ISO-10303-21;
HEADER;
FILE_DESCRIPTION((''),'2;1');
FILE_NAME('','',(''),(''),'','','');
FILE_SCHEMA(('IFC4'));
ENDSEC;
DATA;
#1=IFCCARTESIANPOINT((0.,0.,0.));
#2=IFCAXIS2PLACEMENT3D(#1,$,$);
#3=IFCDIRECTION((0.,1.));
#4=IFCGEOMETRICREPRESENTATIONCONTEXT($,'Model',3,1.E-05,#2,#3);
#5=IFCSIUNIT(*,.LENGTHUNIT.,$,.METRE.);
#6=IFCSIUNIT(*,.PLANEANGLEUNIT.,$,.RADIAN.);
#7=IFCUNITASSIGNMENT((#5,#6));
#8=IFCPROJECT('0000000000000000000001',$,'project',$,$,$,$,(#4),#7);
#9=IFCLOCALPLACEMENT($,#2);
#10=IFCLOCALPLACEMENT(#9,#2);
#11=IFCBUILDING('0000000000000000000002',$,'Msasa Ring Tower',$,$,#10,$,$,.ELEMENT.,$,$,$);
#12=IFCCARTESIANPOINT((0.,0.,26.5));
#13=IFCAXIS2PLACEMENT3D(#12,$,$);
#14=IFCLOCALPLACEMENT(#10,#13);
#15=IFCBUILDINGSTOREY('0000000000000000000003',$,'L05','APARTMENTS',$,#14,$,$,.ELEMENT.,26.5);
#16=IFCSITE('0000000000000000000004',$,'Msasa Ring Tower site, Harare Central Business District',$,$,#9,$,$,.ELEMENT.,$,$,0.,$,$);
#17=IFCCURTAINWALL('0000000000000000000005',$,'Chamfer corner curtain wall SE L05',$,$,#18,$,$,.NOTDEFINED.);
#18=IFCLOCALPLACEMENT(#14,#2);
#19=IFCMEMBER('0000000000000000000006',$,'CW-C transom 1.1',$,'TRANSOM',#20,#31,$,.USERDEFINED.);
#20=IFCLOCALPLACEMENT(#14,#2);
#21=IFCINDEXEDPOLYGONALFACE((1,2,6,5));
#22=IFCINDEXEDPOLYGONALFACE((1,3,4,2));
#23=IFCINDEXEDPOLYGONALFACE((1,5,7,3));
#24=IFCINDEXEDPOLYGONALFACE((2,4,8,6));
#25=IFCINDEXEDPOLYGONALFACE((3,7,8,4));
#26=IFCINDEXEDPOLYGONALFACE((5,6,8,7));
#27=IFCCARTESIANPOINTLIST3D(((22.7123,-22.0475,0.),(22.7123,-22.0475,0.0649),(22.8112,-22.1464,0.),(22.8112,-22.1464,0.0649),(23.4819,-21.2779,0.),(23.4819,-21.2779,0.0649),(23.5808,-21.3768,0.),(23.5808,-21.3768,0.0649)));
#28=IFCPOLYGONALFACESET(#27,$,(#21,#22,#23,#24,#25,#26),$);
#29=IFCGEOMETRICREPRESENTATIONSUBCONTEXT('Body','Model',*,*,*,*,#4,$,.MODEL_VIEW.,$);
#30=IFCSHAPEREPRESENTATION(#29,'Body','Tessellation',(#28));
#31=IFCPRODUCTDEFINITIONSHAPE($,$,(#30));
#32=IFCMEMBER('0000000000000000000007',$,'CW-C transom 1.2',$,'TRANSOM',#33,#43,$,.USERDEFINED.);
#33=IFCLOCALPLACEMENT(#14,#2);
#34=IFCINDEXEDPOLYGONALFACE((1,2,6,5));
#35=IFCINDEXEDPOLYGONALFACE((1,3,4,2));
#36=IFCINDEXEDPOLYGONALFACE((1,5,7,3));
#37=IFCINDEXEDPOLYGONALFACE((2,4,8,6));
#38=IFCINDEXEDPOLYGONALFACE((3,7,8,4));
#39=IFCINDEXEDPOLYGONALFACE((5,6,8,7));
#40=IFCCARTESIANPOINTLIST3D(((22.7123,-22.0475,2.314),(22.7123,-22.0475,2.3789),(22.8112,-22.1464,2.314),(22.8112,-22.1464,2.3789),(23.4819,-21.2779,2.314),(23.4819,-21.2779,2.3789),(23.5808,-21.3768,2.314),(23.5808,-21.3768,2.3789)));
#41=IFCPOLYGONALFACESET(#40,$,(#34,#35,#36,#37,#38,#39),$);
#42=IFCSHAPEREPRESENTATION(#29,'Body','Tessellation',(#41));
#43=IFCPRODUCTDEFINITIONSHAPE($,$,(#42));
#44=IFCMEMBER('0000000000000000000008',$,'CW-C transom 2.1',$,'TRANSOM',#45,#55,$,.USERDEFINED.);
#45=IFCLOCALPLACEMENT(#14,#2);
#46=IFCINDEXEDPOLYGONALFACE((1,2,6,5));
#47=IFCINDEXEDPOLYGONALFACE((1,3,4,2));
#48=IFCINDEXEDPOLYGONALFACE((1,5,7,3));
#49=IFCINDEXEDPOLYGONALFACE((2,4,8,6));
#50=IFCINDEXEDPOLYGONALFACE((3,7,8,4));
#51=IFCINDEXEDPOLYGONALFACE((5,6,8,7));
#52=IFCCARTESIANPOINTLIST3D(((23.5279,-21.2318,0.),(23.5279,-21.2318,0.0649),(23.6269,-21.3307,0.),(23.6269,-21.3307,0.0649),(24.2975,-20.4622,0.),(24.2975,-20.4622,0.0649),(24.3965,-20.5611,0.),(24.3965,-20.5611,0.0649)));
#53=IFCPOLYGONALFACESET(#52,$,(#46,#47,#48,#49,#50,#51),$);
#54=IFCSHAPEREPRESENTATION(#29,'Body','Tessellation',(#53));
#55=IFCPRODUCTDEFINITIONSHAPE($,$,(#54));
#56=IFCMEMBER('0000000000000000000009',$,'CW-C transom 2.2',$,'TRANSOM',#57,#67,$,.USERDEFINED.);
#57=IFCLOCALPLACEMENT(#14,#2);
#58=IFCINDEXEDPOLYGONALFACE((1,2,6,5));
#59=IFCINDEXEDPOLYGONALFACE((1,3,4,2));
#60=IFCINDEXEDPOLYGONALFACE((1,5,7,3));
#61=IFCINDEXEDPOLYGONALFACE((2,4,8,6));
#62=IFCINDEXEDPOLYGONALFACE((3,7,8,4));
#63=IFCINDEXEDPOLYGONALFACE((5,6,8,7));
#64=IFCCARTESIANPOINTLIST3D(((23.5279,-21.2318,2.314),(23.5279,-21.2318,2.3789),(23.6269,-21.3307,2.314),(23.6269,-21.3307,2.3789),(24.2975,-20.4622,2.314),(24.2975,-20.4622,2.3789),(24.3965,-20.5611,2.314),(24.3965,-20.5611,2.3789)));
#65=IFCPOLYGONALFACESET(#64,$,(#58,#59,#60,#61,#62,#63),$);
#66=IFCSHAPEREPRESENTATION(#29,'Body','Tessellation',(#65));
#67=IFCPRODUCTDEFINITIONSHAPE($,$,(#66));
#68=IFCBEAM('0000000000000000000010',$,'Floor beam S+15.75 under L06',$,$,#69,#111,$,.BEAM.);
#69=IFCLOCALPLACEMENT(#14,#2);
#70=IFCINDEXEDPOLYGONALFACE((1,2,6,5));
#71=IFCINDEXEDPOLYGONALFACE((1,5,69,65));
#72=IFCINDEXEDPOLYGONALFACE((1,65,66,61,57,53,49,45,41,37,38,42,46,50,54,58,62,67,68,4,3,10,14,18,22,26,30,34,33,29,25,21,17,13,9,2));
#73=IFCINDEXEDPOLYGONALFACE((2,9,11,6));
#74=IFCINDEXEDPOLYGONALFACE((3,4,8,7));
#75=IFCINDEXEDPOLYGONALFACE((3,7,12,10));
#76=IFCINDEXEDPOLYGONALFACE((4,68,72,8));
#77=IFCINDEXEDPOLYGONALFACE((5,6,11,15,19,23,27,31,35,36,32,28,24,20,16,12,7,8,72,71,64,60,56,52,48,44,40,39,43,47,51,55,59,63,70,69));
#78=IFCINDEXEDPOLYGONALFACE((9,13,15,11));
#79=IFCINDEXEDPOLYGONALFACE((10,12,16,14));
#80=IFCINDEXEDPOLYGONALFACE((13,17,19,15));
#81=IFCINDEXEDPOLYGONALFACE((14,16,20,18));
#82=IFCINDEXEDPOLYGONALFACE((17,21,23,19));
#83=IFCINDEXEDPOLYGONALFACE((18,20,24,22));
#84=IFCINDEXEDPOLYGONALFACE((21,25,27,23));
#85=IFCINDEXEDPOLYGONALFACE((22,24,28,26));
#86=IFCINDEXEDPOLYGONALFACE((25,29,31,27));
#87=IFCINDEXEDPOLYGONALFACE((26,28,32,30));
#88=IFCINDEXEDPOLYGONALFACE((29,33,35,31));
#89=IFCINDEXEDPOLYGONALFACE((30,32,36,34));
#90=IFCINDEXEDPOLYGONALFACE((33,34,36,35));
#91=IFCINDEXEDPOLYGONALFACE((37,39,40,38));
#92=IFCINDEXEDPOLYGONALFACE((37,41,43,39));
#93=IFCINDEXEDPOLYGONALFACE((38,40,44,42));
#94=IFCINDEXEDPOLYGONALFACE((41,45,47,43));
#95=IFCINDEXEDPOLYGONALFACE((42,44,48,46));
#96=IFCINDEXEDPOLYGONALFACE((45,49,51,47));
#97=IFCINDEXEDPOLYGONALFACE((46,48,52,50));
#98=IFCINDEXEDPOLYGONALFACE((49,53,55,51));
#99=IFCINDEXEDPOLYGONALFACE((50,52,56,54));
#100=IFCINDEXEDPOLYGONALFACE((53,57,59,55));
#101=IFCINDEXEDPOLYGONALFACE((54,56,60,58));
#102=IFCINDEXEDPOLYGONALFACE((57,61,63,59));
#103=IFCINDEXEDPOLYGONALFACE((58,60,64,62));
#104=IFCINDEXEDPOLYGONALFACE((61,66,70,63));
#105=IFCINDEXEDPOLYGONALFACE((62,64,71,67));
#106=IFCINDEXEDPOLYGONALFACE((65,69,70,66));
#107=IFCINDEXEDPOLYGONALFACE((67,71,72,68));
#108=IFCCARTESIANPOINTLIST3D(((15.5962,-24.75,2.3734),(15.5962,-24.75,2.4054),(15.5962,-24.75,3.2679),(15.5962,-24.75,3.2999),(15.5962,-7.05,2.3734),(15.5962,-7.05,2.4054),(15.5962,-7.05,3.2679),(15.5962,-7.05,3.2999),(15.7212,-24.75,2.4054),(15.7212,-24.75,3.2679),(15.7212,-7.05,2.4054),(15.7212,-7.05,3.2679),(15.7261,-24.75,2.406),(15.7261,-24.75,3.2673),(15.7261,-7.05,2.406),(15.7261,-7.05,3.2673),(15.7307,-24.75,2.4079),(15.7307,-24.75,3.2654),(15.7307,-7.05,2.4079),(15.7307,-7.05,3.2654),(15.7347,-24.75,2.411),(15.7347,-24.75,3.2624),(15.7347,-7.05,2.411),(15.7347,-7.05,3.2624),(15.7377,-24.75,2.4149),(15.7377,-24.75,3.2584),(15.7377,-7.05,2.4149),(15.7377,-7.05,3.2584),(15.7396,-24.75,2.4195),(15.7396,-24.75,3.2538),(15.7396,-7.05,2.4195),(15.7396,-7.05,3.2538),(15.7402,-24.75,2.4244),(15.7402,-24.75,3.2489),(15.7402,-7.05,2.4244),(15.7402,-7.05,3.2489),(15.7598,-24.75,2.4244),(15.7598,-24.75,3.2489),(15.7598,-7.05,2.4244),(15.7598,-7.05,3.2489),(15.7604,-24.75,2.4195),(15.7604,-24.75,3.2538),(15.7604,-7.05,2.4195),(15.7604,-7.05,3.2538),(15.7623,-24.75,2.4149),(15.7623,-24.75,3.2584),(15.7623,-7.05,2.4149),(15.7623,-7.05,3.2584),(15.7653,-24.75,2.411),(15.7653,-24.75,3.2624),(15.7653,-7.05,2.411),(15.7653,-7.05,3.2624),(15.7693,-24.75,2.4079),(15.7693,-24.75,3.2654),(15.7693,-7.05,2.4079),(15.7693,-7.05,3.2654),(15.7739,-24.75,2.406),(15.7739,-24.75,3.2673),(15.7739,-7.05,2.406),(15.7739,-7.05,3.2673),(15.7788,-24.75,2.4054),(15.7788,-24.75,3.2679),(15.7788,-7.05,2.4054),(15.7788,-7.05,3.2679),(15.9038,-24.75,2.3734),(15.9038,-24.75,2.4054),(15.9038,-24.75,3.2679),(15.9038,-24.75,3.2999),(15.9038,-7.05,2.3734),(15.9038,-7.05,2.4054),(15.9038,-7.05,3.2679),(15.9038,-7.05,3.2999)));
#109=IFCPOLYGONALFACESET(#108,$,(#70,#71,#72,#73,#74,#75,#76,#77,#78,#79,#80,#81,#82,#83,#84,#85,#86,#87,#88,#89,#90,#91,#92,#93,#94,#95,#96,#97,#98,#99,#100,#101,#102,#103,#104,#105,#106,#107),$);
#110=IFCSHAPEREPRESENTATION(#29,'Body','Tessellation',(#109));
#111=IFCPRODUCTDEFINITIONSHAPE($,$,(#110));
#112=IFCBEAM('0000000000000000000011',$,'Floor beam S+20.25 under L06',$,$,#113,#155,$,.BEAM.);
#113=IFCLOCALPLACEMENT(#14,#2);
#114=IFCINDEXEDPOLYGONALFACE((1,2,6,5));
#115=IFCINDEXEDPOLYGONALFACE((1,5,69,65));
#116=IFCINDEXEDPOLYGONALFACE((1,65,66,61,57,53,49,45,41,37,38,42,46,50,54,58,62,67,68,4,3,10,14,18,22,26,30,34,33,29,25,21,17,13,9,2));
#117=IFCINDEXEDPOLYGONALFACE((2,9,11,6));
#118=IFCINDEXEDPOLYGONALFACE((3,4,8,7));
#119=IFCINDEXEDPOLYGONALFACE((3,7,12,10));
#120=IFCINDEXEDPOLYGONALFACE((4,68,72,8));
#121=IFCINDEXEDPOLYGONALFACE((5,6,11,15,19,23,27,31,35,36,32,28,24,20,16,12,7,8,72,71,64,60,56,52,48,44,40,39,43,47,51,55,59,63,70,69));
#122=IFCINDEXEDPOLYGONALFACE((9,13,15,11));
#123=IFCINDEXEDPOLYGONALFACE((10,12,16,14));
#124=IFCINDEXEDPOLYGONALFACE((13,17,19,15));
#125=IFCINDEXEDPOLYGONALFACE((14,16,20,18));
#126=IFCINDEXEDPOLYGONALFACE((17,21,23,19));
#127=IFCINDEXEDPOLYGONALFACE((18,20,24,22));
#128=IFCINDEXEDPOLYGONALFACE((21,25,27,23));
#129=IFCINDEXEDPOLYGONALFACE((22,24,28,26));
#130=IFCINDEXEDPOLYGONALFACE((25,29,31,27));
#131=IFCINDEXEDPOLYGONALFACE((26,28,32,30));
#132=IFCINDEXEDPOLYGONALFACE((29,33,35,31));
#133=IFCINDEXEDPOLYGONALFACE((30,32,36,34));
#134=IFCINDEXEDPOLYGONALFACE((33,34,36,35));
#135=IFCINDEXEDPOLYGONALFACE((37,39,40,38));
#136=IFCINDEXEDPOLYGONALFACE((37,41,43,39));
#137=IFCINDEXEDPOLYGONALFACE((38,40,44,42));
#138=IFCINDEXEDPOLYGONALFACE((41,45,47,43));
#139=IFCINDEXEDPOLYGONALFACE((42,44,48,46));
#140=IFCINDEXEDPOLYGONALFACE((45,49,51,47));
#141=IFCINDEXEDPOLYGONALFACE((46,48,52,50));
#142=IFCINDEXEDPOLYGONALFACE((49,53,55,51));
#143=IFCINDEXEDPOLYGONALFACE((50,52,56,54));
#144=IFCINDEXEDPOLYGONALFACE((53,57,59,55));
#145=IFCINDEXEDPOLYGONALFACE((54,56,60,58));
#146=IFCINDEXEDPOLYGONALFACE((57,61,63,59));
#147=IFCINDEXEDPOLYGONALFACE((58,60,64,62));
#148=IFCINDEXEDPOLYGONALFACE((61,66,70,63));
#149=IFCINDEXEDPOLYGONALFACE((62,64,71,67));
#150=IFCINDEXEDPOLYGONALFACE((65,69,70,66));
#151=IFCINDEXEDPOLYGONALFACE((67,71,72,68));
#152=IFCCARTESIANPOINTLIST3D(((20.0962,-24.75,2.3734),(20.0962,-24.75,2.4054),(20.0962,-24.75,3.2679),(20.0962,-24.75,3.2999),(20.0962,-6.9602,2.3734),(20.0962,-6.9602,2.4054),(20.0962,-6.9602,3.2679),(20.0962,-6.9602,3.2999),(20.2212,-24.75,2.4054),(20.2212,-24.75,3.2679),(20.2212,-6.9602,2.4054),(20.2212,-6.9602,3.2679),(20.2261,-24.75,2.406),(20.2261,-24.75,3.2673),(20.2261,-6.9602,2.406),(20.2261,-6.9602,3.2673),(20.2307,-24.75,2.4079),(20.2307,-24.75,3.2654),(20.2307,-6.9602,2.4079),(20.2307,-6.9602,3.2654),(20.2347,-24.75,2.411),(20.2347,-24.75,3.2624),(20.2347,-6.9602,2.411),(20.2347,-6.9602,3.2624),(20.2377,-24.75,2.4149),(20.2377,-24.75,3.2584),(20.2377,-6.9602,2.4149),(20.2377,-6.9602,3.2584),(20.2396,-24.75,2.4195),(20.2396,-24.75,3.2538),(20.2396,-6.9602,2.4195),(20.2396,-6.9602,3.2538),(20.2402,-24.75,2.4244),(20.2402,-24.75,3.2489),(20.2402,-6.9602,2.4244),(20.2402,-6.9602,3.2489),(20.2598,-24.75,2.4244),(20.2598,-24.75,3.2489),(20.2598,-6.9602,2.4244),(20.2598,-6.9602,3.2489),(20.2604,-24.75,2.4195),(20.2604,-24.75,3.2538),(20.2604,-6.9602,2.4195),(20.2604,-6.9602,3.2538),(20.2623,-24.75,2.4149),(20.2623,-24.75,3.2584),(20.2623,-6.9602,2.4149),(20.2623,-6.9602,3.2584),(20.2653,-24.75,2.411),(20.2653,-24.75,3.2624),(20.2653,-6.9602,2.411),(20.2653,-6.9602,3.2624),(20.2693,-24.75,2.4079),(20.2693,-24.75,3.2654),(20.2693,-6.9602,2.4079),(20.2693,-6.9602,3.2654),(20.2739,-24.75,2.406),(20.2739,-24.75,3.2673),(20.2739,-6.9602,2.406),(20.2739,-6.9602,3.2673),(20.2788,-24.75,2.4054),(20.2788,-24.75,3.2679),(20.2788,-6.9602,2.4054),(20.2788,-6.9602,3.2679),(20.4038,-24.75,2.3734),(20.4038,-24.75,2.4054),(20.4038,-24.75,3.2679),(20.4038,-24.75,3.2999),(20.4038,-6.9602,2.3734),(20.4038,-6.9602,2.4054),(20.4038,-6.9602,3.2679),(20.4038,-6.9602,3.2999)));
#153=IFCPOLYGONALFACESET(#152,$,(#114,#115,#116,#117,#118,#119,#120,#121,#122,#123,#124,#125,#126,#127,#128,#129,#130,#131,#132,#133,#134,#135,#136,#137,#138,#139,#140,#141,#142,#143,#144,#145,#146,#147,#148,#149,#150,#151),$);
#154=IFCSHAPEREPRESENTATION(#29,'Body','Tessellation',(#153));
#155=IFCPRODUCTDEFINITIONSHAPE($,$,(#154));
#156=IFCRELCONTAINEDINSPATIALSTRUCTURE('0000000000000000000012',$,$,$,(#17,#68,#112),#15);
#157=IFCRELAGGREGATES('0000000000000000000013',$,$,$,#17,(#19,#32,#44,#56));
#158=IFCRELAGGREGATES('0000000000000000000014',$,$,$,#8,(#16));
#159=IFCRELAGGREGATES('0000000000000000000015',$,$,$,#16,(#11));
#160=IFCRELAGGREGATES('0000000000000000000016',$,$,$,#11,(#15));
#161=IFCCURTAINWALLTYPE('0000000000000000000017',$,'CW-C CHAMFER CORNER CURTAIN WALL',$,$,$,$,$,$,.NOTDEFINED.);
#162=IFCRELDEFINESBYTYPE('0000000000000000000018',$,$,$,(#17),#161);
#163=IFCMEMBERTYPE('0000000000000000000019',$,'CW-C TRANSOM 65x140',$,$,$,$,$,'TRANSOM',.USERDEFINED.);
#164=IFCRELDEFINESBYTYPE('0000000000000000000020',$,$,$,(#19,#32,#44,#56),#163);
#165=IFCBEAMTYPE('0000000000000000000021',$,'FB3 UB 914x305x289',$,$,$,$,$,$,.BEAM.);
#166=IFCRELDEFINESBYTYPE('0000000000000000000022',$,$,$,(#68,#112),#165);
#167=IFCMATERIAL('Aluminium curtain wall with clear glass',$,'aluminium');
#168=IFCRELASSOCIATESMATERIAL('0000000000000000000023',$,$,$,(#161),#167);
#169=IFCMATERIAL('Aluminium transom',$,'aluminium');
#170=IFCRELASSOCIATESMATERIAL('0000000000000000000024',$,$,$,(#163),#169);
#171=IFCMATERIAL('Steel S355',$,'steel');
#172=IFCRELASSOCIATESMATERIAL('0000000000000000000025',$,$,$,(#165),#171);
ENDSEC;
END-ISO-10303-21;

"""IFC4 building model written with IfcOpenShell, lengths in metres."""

from ifc_helpers import new_model, si_unit, direction, frame, origin, origin_2d, place, context, subcontext, project, spatial, rectangle, i_section, extrude, material, material_profile, profile_set, type_object, element, aggregate, save


model = new_model("IFC4")

# Units and contexts
model_context = context("Model", 3, precision=1e-05, world=origin(), true_north=direction((0.0, 1.0)))
body_context = subcontext(model_context, "Body", "Model", "MODEL_VIEW")
ifc_project = project(units=[si_unit("LENGTHUNIT", "METRE"), si_unit("PLANEANGLEUNIT", "RADIAN")], contexts=[model_context])

# Site, building, storey
site_placement = place(None, origin())
site = spatial("IfcSite", under=ifc_project, at=site_placement, Name="Msasa Ring Tower site, Harare Central Business District", CompositionType="ELEMENT", RefElevation=0.0)
building_placement = place(site_placement, origin())
building = spatial("IfcBuilding", under=site, at=building_placement, Name="Msasa Ring Tower", CompositionType="ELEMENT")
storey_placement = place(building_placement, frame((0.0, 0.0, 26.5)))
storey = spatial("IfcBuildingStorey", under=building, at=storey_placement, Name="L05", Description="APARTMENTS", CompositionType="ELEMENT", Elevation=26.5)

# Curtain wall
ifc_material_1 = material(Name="Aluminium curtain wall with clear glass", Category="aluminium")
curtain_wall_type = type_object("IfcCurtainWallType", Name="CW-C CHAMFER CORNER CURTAIN WALL", PredefinedType="NOTDEFINED", material=ifc_material_1)
curtain_wall_1_placement = place(storey_placement, origin())
curtain_wall_1 = element("IfcCurtainWall", 1, at=curtain_wall_1_placement, inside=storey, type_object=curtain_wall_type, Name="Chamfer corner curtain wall SE L05", PredefinedType="NOTDEFINED")

# Members
ifc_material_2 = material(Name="Aluminium transom", Category="aluminium")
ifc_material_profile_1 = material_profile(ifc_material_2, rectangle(XDim=0.1399, YDim=0.0649, at=origin_2d()), Name="AL 65x140")
ifc_profile_set_1 = profile_set([ifc_material_profile_1], Name="Aluminium transom")
member_type_1 = type_object("IfcMemberType", Name="CW-C TRANSOM 65x140", ElementType="TRANSOM", PredefinedType="USERDEFINED", material=ifc_profile_set_1)
member_1_placement = place(storey_placement, frame((22.7617, -22.0969, 0.0325), z_axis=(0.707107, 0.707107, 0.0), x_axis=(-0.707107, 0.707107, 0.0)))
member_1 = element("IfcMember", 2, at=member_1_placement, type_object=member_type_1, Name="CW-C transom 1.1", ObjectType="TRANSOM", PredefinedType="USERDEFINED", context=body_context, shape_type="SweptSolid", body=[
    extrude(rectangle(XDim=0.1399, YDim=0.0649, at=origin_2d()), origin(), (0.0, 0.0, 1.0), 1.0884),
])
member_2_placement = place(storey_placement, frame((22.7617, -22.0969, 2.3464), z_axis=(0.707107, 0.707107, 0.0), x_axis=(-0.707107, 0.707107, 0.0)))
member_2 = element("IfcMember", 3, at=member_2_placement, type_object=member_type_1, Name="CW-C transom 1.2", ObjectType="TRANSOM", PredefinedType="USERDEFINED", context=body_context, shape_type="SweptSolid", body=[
    extrude(rectangle(XDim=0.1399, YDim=0.0649, at=origin_2d()), origin(), (0.0, 0.0, 1.0), 1.0884),
])
member_3_placement = place(storey_placement, frame((23.5774, -21.2812, 0.0325), z_axis=(0.707107, 0.707107, 0.0), x_axis=(-0.707107, 0.707107, 0.0)))
member_3 = element("IfcMember", 4, at=member_3_placement, type_object=member_type_1, Name="CW-C transom 2.1", ObjectType="TRANSOM", PredefinedType="USERDEFINED", context=body_context, shape_type="SweptSolid", body=[
    extrude(rectangle(XDim=0.1399, YDim=0.0649, at=origin_2d()), origin(), (0.0, 0.0, 1.0), 1.0884),
])
member_4_placement = place(storey_placement, frame((23.5774, -21.2812, 2.3464), z_axis=(0.707107, 0.707107, 0.0), x_axis=(-0.707107, 0.707107, 0.0)))
member_4 = element("IfcMember", 5, at=member_4_placement, type_object=member_type_1, Name="CW-C transom 2.2", ObjectType="TRANSOM", PredefinedType="USERDEFINED", context=body_context, shape_type="SweptSolid", body=[
    extrude(rectangle(XDim=0.1399, YDim=0.0649, at=origin_2d()), origin(), (0.0, 0.0, 1.0), 1.0884),
])

# Beams
ifc_material_3 = material(Name="Steel S355", Category="steel")
ifc_material_profile_2 = material_profile(ifc_material_3, i_section(OverallWidth=0.3076, OverallDepth=0.9265, WebThickness=0.0195, FlangeThickness=0.032, FilletRadius=0.019, at=origin_2d()), Name="UB 914x305x289")
ifc_profile_set_2 = profile_set([ifc_material_profile_2], Name="Steel S355")
beam_type_1 = type_object("IfcBeamType", Name="FB3 UB 914x305x289", PredefinedType="BEAM", material=ifc_profile_set_2)
beam_1_placement = place(storey_placement, frame((15.75, -24.75, 2.8367), z_axis=(0.0, 1.0, 0.0), x_axis=(-1.0, 0.0, 0.0)))
element("IfcBeam", 6, at=beam_1_placement, inside=storey, type_object=beam_type_1, Name="Floor beam S+15.75 under L06", PredefinedType="BEAM", context=body_context, shape_type="SweptSolid", body=[
    extrude(i_section(OverallWidth=0.3076, OverallDepth=0.9265, WebThickness=0.0195, FlangeThickness=0.032, FilletRadius=0.019, at=origin_2d()), origin(), (0.0, 0.0, 1.0), 17.7),
])
beam_2_placement = place(storey_placement, frame((20.25, -24.75, 2.8367), z_axis=(0.0, 1.0, 0.0), x_axis=(-1.0, 0.0, 0.0)))
element("IfcBeam", 7, at=beam_2_placement, inside=storey, type_object=beam_type_1, Name="Floor beam S+20.25 under L06", PredefinedType="BEAM", context=body_context, shape_type="SweptSolid", body=[
    extrude(i_section(OverallWidth=0.3076, OverallDepth=0.9265, WebThickness=0.0195, FlangeThickness=0.032, FilletRadius=0.019, at=origin_2d()), origin(), (0.0, 0.0, 1.0), 17.7898),
])

aggregate(curtain_wall_1, [member_1, member_2, member_3, member_4])

save(model, "model.ifc")
